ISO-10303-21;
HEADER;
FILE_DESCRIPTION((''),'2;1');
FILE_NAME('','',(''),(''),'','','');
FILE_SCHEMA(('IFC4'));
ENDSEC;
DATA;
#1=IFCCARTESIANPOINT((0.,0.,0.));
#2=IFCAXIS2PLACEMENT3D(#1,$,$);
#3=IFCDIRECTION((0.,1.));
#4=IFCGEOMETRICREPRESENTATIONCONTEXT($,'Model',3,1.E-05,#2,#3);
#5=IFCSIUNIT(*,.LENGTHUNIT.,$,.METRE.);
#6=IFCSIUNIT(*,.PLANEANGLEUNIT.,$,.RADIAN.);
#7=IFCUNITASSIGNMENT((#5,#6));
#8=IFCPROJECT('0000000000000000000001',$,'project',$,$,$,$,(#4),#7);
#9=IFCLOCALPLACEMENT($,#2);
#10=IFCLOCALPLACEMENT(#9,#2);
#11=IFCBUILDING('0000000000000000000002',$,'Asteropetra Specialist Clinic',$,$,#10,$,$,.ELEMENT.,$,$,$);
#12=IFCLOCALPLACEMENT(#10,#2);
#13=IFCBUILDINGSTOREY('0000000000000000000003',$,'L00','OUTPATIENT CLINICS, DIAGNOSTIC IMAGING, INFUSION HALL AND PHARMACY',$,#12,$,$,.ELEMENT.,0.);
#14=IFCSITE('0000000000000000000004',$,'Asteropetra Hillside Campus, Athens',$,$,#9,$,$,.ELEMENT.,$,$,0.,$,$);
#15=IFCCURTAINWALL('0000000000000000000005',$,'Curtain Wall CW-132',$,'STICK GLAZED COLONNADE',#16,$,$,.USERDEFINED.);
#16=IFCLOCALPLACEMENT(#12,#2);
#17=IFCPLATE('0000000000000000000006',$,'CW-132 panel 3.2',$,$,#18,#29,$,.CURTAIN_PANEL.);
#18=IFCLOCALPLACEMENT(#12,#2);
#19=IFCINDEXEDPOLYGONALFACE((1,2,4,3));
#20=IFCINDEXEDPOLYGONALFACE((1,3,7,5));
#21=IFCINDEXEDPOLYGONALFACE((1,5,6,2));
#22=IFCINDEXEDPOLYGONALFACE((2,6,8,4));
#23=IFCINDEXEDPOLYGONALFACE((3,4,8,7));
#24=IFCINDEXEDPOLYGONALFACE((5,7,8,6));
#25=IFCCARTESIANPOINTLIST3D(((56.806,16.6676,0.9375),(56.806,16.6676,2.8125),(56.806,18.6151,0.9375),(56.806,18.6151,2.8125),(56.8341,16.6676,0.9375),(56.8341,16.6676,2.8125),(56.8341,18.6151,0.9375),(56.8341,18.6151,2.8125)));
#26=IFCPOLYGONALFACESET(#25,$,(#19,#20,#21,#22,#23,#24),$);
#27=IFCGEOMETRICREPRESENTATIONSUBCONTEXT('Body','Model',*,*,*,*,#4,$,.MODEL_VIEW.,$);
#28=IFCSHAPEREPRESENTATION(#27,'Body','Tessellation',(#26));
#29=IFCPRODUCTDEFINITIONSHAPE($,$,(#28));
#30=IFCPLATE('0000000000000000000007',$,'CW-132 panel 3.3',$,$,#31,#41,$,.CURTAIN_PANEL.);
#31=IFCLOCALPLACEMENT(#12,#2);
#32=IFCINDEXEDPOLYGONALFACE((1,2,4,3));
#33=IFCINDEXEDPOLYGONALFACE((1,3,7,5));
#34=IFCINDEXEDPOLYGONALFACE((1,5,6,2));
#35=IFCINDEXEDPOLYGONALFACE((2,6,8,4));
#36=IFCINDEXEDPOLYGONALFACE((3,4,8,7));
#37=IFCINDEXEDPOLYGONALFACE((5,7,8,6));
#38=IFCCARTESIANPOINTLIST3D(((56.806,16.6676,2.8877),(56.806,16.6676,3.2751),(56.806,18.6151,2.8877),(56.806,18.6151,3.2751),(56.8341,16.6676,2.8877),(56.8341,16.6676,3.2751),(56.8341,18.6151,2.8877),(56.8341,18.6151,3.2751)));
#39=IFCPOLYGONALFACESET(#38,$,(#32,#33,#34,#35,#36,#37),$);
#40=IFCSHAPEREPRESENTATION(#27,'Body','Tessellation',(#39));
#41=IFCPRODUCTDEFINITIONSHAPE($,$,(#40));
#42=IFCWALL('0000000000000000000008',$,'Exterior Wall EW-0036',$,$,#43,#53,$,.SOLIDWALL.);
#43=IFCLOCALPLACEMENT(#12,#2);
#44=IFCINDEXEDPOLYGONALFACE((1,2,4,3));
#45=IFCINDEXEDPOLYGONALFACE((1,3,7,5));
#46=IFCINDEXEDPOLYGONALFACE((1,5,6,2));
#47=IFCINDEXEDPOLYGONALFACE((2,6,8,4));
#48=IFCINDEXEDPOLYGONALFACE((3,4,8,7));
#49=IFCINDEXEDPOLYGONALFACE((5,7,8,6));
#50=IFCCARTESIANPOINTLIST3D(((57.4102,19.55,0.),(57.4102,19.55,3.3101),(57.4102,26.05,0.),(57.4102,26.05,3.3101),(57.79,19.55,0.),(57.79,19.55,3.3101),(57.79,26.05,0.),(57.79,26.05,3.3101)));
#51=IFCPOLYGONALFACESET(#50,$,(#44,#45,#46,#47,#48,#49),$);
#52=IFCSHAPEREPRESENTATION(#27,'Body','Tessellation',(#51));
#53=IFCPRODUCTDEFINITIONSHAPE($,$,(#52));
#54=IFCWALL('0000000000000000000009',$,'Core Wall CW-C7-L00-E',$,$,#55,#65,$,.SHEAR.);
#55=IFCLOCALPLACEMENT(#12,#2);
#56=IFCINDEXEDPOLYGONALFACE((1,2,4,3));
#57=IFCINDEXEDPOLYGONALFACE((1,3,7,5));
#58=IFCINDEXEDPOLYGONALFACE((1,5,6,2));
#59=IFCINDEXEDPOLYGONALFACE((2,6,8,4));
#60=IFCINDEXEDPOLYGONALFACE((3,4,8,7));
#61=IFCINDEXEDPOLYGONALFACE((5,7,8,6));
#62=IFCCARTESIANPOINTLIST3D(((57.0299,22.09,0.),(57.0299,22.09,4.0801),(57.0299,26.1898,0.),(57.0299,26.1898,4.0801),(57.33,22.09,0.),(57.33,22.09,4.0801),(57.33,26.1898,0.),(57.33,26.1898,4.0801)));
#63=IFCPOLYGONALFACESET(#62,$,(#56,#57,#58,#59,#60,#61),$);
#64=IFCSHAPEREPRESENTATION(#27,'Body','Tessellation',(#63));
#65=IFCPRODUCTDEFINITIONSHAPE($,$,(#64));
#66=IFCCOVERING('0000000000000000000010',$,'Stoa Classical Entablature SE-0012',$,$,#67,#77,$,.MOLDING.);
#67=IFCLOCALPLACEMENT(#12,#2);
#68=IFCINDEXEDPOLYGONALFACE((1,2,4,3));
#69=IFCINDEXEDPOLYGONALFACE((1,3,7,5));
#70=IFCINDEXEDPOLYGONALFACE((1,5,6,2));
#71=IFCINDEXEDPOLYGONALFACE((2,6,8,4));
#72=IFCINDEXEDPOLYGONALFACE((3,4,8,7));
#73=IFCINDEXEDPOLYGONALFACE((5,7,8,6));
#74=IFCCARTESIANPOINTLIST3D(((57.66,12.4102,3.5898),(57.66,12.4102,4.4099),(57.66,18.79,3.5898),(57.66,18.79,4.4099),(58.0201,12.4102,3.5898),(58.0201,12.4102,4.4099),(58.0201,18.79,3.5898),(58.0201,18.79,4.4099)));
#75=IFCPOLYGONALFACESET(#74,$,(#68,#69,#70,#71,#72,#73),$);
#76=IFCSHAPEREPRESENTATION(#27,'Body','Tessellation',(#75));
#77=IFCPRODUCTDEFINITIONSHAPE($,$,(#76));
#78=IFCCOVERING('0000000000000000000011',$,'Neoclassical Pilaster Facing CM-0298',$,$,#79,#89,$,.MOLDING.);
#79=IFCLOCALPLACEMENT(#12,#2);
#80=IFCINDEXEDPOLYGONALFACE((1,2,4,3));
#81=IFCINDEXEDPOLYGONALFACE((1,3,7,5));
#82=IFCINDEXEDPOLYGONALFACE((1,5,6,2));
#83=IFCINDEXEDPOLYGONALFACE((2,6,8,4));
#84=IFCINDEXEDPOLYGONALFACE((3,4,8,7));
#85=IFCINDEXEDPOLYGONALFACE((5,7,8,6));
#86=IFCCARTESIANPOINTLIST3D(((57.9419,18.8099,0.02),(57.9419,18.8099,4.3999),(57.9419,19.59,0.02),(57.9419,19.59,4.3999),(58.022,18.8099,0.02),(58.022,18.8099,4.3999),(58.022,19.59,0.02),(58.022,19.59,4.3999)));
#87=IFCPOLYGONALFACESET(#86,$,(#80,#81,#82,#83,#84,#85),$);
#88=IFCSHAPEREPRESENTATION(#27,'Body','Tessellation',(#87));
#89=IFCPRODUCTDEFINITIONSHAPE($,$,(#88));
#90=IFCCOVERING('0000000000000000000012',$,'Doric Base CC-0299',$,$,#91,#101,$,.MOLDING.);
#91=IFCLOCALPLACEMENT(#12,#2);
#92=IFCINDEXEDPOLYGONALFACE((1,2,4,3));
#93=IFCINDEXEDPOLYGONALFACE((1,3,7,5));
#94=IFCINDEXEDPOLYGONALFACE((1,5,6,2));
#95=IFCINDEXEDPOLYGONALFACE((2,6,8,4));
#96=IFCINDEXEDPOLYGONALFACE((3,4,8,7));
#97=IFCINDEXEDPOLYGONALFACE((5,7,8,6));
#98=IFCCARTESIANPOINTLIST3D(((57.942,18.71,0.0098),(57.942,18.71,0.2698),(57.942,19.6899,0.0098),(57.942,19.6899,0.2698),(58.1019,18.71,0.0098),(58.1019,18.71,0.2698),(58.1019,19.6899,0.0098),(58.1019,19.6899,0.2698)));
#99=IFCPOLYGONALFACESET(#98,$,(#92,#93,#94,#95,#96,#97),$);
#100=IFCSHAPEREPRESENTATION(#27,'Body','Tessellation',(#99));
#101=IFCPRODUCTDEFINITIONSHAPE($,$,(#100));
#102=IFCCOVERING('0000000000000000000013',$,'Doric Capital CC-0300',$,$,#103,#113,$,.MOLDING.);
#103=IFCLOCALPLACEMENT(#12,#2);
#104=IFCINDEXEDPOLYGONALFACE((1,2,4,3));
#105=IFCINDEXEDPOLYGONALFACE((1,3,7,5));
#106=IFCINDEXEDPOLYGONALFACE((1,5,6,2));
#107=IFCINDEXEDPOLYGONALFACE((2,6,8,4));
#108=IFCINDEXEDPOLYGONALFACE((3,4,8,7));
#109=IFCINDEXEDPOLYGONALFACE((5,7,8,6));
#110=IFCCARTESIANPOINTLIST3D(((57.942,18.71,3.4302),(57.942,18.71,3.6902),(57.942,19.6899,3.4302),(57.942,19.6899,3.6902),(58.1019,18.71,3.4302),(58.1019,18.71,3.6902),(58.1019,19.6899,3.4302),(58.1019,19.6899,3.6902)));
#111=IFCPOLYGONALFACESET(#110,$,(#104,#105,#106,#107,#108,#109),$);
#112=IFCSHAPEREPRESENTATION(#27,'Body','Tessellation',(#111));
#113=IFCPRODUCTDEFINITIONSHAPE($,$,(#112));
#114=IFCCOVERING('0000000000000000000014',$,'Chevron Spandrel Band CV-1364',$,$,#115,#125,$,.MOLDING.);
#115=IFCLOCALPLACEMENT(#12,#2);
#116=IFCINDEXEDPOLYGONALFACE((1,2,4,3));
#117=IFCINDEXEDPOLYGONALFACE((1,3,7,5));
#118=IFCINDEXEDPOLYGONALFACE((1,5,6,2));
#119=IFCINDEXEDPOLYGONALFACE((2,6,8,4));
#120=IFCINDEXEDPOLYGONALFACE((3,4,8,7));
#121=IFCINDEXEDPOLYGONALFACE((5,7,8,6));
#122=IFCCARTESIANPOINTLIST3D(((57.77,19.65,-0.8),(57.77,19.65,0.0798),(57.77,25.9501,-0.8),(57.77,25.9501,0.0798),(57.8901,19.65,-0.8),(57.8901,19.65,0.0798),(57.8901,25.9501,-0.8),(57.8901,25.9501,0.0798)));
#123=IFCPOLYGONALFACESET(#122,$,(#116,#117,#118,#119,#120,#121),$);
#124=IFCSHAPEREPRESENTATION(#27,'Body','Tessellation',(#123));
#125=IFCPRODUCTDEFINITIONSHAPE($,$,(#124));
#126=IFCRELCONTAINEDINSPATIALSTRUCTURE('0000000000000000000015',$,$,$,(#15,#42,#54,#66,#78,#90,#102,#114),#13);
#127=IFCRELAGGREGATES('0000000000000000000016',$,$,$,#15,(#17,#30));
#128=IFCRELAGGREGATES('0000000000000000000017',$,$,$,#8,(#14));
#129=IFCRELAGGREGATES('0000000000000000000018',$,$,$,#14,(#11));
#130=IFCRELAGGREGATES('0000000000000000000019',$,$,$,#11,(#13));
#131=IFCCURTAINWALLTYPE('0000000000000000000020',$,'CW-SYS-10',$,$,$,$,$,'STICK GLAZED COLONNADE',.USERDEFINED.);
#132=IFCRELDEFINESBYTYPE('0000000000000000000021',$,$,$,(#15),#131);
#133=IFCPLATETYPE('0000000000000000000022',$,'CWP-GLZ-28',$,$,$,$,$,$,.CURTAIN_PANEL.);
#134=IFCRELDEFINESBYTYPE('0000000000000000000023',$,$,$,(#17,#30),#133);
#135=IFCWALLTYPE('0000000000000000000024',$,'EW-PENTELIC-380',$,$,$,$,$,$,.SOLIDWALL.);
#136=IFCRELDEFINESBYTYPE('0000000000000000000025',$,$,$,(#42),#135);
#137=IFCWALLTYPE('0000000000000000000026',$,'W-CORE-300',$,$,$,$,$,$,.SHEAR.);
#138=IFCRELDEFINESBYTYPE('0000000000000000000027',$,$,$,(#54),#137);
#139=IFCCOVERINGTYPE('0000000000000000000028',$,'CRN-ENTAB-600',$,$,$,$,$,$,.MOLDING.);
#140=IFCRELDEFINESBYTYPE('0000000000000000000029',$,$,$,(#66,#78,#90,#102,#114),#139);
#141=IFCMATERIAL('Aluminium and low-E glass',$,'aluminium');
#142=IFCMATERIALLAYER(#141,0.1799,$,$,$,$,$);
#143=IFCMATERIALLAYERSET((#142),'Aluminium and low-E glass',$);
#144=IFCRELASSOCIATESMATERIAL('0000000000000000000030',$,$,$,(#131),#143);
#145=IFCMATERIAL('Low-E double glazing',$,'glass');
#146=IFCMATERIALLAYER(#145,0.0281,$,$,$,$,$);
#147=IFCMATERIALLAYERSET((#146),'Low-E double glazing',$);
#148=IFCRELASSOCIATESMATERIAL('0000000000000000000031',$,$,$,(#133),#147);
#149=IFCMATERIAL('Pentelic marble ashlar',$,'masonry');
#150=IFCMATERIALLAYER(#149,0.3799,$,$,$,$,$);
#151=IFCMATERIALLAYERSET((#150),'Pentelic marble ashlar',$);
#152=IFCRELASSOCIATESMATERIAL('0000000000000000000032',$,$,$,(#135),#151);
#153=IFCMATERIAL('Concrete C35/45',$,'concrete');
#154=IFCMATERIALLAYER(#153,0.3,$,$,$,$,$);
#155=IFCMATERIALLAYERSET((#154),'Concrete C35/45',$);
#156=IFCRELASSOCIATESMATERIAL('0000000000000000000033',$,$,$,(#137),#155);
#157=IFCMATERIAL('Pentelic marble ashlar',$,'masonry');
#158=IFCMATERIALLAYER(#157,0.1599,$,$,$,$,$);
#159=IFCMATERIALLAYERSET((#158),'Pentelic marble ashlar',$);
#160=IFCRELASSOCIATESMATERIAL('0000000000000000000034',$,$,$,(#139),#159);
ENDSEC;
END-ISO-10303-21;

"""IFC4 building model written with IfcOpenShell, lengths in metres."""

from ifc_helpers import new_model, si_unit, direction, frame, frame_2d, origin, origin_2d, place, context, subcontext, project, spatial, rectangle, extrude, material, layer, layer_set, type_object, element, aggregate, save


model = new_model("IFC4")

# Units and contexts
model_context = context("Model", 3, precision=1e-05, world=origin(), true_north=direction((0.0, 1.0)))
body_context = subcontext(model_context, "Body", "Model", "MODEL_VIEW")
ifc_project = project(units=[si_unit("LENGTHUNIT", "METRE"), si_unit("PLANEANGLEUNIT", "RADIAN")], contexts=[model_context])

# Site, building, storey
site_placement = place(None, origin())
site = spatial("IfcSite", under=ifc_project, at=site_placement, Name="Asteropetra Hillside Campus, Athens", CompositionType="ELEMENT", RefElevation=0.0)
building_placement = place(site_placement, origin())
building = spatial("IfcBuilding", under=site, at=building_placement, Name="Asteropetra Specialist Clinic", CompositionType="ELEMENT")
storey_placement = place(building_placement, origin())
storey = spatial("IfcBuildingStorey", under=building, at=storey_placement, Name="L00", Description="OUTPATIENT CLINICS, DIAGNOSTIC IMAGING, INFUSION HALL AND PHARMACY", CompositionType="ELEMENT", Elevation=0.0)

# Curtain wall
ifc_material_1 = material(Name="Aluminium and low-E glass", Category="aluminium")
ifc_layer_1 = layer(ifc_material_1, 0.1799)
ifc_layer_set_1 = layer_set([ifc_layer_1], Name="Aluminium and low-E glass")
curtain_wall_type = type_object("IfcCurtainWallType", Name="CW-SYS-10", ElementType="STICK GLAZED COLONNADE", PredefinedType="USERDEFINED", material=ifc_layer_set_1)
curtain_wall_placement = place(storey_placement, origin())
curtain_wall = element("IfcCurtainWall", 1, at=curtain_wall_placement, inside=storey, type_object=curtain_wall_type, Name="Curtain Wall CW-132", ObjectType="STICK GLAZED COLONNADE", PredefinedType="USERDEFINED")

# Plates
ifc_material_2 = material(Name="Low-E double glazing", Category="glass")
ifc_layer_2 = layer(ifc_material_2, 0.0281)
ifc_layer_set_2 = layer_set([ifc_layer_2], Name="Low-E double glazing")
plate_type = type_object("IfcPlateType", Name="CWP-GLZ-28", PredefinedType="CURTAIN_PANEL", material=ifc_layer_set_2)
plate_1_placement = place(storey_placement, frame((56.8201, 17.6414, 0.9375), z_axis=(0.0, 0.0, 1.0), x_axis=(0.0, 1.0, 0.0)))
plate_1 = element("IfcPlate", 2, at=plate_1_placement, type_object=plate_type, Name="CW-132 panel 3.2", PredefinedType="CURTAIN_PANEL", context=body_context, shape_type="SweptSolid", body=[
    extrude(rectangle(XDim=1.9475, YDim=0.0281, at=origin_2d()), origin(), (0.0, 0.0, 1.0), 1.875),
])
plate_2_placement = place(storey_placement, frame((56.8201, 17.6414, 2.8877), z_axis=(0.0, 0.0, 1.0), x_axis=(0.0, 1.0, 0.0)))
plate_2 = element("IfcPlate", 3, at=plate_2_placement, type_object=plate_type, Name="CW-132 panel 3.3", PredefinedType="CURTAIN_PANEL", context=body_context, shape_type="SweptSolid", body=[
    extrude(rectangle(XDim=1.9475, YDim=0.0281, at=origin_2d()), origin(), (0.0, 0.0, 1.0), 0.3875),
])
aggregate(curtain_wall, [plate_1, plate_2])

# Walls
ifc_material_3 = material(Name="Pentelic marble ashlar", Category="masonry")
ifc_layer_3 = layer(ifc_material_3, 0.3799)
ifc_layer_set_3 = layer_set([ifc_layer_3], Name="Pentelic marble ashlar")
wall_type_1 = type_object("IfcWallType", Name="EW-PENTELIC-380", PredefinedType="SOLIDWALL", material=ifc_layer_set_3)
wall_1_placement = place(storey_placement, frame((57.6001, 19.55, 0.0), z_axis=(0.0, 0.0, 1.0), x_axis=(0.0, 1.0, 0.0)))
element("IfcWall", 4, at=wall_1_placement, inside=storey, type_object=wall_type_1, Name="Exterior Wall EW-0036", PredefinedType="SOLIDWALL", context=body_context, shape_type="SweptSolid", body=[
    extrude(rectangle(XDim=6.5, YDim=0.3799, at=frame_2d((3.25, 0.0))), origin(), (0.0, 0.0, 1.0), 3.3101),
])
ifc_material_4 = material(Name="Concrete C35/45", Category="concrete")
ifc_layer_4 = layer(ifc_material_4, 0.3)
ifc_layer_set_4 = layer_set([ifc_layer_4], Name="Concrete C35/45")
wall_type_2 = type_object("IfcWallType", Name="W-CORE-300", PredefinedType="SHEAR", material=ifc_layer_set_4)
wall_2_placement = place(storey_placement, frame((57.1799, 22.0901, 0.0), z_axis=(0.0, 0.0, 1.0), x_axis=(0.0, 1.0, 0.0)))
element("IfcWall", 5, at=wall_2_placement, inside=storey, type_object=wall_type_2, Name="Core Wall CW-C7-L00-E", PredefinedType="SHEAR", context=body_context, shape_type="SweptSolid", body=[
    extrude(rectangle(XDim=4.0999, YDim=0.3, at=frame_2d((2.0498, 0.0))), origin(), (0.0, 0.0, 1.0), 4.0801),
])

# Coverings
ifc_material_5 = material(Name="Pentelic marble ashlar", Category="masonry")
ifc_layer_5 = layer(ifc_material_5, 0.1599)
ifc_layer_set_5 = layer_set([ifc_layer_5], Name="Pentelic marble ashlar")
covering_type = type_object("IfcCoveringType", Name="CRN-ENTAB-600", PredefinedType="MOLDING", material=ifc_layer_set_5)
covering_1_placement = place(storey_placement, frame((57.8401, 15.6001, 3.5898), z_axis=(0.0, 0.0, 1.0), x_axis=(1.0, 0.0, 0.0)))
element("IfcCovering", 6, at=covering_1_placement, inside=storey, type_object=covering_type, Name="Stoa Classical Entablature SE-0012", PredefinedType="MOLDING", context=body_context, shape_type="SweptSolid", body=[
    extrude(rectangle(XDim=0.3601, YDim=6.3799, at=origin_2d()), origin(), (0.0, 0.0, 1.0), 0.8201),
])
covering_2_placement = place(storey_placement, frame((57.9819, 19.2, 0.02), z_axis=(0.0, 0.0, 1.0), x_axis=(1.0, 0.0, 0.0)))
element("IfcCovering", 7, at=covering_2_placement, inside=storey, type_object=covering_type, Name="Neoclassical Pilaster Facing CM-0298", PredefinedType="MOLDING", context=body_context, shape_type="SweptSolid", body=[
    extrude(rectangle(XDim=0.0801, YDim=0.78, at=origin_2d()), origin(), (0.0, 0.0, 1.0), 4.3799),
])
for number, where, z_axis, x_axis, name in (
    (8, (58.022, 19.2, 0.0098), (0.0, 0.0, 1.0), (1.0, 0.0, 0.0), "Doric Base CC-0299"),
    (9, (58.022, 19.2, 3.4302), (0.0, 0.0, 1.0), (1.0, 0.0, 0.0), "Doric Capital CC-0300"),
):
    element("IfcCovering", number, at=place(storey_placement, frame(where, z_axis=z_axis, x_axis=x_axis)), inside=storey, type_object=covering_type, Name=name, PredefinedType="MOLDING", context=body_context, shape_type="SweptSolid", body=[
        extrude(rectangle(XDim=0.1599, YDim=0.98, at=origin_2d()), origin(), (0.0, 0.0, 1.0), 0.26),
    ])
covering_3_placement = place(storey_placement, frame((57.8301, 22.8, -0.8), z_axis=(0.0, 0.0, 1.0), x_axis=(1.0, 0.0, 0.0)))
element("IfcCovering", 10, at=covering_3_placement, inside=storey, type_object=covering_type, Name="Chevron Spandrel Band CV-1364", PredefinedType="MOLDING", context=body_context, shape_type="SweptSolid", body=[
    extrude(rectangle(XDim=0.1201, YDim=6.3, at=origin_2d()), origin(), (0.0, 0.0, 1.0), 0.8799),
])

save(model, "model.ifc")
